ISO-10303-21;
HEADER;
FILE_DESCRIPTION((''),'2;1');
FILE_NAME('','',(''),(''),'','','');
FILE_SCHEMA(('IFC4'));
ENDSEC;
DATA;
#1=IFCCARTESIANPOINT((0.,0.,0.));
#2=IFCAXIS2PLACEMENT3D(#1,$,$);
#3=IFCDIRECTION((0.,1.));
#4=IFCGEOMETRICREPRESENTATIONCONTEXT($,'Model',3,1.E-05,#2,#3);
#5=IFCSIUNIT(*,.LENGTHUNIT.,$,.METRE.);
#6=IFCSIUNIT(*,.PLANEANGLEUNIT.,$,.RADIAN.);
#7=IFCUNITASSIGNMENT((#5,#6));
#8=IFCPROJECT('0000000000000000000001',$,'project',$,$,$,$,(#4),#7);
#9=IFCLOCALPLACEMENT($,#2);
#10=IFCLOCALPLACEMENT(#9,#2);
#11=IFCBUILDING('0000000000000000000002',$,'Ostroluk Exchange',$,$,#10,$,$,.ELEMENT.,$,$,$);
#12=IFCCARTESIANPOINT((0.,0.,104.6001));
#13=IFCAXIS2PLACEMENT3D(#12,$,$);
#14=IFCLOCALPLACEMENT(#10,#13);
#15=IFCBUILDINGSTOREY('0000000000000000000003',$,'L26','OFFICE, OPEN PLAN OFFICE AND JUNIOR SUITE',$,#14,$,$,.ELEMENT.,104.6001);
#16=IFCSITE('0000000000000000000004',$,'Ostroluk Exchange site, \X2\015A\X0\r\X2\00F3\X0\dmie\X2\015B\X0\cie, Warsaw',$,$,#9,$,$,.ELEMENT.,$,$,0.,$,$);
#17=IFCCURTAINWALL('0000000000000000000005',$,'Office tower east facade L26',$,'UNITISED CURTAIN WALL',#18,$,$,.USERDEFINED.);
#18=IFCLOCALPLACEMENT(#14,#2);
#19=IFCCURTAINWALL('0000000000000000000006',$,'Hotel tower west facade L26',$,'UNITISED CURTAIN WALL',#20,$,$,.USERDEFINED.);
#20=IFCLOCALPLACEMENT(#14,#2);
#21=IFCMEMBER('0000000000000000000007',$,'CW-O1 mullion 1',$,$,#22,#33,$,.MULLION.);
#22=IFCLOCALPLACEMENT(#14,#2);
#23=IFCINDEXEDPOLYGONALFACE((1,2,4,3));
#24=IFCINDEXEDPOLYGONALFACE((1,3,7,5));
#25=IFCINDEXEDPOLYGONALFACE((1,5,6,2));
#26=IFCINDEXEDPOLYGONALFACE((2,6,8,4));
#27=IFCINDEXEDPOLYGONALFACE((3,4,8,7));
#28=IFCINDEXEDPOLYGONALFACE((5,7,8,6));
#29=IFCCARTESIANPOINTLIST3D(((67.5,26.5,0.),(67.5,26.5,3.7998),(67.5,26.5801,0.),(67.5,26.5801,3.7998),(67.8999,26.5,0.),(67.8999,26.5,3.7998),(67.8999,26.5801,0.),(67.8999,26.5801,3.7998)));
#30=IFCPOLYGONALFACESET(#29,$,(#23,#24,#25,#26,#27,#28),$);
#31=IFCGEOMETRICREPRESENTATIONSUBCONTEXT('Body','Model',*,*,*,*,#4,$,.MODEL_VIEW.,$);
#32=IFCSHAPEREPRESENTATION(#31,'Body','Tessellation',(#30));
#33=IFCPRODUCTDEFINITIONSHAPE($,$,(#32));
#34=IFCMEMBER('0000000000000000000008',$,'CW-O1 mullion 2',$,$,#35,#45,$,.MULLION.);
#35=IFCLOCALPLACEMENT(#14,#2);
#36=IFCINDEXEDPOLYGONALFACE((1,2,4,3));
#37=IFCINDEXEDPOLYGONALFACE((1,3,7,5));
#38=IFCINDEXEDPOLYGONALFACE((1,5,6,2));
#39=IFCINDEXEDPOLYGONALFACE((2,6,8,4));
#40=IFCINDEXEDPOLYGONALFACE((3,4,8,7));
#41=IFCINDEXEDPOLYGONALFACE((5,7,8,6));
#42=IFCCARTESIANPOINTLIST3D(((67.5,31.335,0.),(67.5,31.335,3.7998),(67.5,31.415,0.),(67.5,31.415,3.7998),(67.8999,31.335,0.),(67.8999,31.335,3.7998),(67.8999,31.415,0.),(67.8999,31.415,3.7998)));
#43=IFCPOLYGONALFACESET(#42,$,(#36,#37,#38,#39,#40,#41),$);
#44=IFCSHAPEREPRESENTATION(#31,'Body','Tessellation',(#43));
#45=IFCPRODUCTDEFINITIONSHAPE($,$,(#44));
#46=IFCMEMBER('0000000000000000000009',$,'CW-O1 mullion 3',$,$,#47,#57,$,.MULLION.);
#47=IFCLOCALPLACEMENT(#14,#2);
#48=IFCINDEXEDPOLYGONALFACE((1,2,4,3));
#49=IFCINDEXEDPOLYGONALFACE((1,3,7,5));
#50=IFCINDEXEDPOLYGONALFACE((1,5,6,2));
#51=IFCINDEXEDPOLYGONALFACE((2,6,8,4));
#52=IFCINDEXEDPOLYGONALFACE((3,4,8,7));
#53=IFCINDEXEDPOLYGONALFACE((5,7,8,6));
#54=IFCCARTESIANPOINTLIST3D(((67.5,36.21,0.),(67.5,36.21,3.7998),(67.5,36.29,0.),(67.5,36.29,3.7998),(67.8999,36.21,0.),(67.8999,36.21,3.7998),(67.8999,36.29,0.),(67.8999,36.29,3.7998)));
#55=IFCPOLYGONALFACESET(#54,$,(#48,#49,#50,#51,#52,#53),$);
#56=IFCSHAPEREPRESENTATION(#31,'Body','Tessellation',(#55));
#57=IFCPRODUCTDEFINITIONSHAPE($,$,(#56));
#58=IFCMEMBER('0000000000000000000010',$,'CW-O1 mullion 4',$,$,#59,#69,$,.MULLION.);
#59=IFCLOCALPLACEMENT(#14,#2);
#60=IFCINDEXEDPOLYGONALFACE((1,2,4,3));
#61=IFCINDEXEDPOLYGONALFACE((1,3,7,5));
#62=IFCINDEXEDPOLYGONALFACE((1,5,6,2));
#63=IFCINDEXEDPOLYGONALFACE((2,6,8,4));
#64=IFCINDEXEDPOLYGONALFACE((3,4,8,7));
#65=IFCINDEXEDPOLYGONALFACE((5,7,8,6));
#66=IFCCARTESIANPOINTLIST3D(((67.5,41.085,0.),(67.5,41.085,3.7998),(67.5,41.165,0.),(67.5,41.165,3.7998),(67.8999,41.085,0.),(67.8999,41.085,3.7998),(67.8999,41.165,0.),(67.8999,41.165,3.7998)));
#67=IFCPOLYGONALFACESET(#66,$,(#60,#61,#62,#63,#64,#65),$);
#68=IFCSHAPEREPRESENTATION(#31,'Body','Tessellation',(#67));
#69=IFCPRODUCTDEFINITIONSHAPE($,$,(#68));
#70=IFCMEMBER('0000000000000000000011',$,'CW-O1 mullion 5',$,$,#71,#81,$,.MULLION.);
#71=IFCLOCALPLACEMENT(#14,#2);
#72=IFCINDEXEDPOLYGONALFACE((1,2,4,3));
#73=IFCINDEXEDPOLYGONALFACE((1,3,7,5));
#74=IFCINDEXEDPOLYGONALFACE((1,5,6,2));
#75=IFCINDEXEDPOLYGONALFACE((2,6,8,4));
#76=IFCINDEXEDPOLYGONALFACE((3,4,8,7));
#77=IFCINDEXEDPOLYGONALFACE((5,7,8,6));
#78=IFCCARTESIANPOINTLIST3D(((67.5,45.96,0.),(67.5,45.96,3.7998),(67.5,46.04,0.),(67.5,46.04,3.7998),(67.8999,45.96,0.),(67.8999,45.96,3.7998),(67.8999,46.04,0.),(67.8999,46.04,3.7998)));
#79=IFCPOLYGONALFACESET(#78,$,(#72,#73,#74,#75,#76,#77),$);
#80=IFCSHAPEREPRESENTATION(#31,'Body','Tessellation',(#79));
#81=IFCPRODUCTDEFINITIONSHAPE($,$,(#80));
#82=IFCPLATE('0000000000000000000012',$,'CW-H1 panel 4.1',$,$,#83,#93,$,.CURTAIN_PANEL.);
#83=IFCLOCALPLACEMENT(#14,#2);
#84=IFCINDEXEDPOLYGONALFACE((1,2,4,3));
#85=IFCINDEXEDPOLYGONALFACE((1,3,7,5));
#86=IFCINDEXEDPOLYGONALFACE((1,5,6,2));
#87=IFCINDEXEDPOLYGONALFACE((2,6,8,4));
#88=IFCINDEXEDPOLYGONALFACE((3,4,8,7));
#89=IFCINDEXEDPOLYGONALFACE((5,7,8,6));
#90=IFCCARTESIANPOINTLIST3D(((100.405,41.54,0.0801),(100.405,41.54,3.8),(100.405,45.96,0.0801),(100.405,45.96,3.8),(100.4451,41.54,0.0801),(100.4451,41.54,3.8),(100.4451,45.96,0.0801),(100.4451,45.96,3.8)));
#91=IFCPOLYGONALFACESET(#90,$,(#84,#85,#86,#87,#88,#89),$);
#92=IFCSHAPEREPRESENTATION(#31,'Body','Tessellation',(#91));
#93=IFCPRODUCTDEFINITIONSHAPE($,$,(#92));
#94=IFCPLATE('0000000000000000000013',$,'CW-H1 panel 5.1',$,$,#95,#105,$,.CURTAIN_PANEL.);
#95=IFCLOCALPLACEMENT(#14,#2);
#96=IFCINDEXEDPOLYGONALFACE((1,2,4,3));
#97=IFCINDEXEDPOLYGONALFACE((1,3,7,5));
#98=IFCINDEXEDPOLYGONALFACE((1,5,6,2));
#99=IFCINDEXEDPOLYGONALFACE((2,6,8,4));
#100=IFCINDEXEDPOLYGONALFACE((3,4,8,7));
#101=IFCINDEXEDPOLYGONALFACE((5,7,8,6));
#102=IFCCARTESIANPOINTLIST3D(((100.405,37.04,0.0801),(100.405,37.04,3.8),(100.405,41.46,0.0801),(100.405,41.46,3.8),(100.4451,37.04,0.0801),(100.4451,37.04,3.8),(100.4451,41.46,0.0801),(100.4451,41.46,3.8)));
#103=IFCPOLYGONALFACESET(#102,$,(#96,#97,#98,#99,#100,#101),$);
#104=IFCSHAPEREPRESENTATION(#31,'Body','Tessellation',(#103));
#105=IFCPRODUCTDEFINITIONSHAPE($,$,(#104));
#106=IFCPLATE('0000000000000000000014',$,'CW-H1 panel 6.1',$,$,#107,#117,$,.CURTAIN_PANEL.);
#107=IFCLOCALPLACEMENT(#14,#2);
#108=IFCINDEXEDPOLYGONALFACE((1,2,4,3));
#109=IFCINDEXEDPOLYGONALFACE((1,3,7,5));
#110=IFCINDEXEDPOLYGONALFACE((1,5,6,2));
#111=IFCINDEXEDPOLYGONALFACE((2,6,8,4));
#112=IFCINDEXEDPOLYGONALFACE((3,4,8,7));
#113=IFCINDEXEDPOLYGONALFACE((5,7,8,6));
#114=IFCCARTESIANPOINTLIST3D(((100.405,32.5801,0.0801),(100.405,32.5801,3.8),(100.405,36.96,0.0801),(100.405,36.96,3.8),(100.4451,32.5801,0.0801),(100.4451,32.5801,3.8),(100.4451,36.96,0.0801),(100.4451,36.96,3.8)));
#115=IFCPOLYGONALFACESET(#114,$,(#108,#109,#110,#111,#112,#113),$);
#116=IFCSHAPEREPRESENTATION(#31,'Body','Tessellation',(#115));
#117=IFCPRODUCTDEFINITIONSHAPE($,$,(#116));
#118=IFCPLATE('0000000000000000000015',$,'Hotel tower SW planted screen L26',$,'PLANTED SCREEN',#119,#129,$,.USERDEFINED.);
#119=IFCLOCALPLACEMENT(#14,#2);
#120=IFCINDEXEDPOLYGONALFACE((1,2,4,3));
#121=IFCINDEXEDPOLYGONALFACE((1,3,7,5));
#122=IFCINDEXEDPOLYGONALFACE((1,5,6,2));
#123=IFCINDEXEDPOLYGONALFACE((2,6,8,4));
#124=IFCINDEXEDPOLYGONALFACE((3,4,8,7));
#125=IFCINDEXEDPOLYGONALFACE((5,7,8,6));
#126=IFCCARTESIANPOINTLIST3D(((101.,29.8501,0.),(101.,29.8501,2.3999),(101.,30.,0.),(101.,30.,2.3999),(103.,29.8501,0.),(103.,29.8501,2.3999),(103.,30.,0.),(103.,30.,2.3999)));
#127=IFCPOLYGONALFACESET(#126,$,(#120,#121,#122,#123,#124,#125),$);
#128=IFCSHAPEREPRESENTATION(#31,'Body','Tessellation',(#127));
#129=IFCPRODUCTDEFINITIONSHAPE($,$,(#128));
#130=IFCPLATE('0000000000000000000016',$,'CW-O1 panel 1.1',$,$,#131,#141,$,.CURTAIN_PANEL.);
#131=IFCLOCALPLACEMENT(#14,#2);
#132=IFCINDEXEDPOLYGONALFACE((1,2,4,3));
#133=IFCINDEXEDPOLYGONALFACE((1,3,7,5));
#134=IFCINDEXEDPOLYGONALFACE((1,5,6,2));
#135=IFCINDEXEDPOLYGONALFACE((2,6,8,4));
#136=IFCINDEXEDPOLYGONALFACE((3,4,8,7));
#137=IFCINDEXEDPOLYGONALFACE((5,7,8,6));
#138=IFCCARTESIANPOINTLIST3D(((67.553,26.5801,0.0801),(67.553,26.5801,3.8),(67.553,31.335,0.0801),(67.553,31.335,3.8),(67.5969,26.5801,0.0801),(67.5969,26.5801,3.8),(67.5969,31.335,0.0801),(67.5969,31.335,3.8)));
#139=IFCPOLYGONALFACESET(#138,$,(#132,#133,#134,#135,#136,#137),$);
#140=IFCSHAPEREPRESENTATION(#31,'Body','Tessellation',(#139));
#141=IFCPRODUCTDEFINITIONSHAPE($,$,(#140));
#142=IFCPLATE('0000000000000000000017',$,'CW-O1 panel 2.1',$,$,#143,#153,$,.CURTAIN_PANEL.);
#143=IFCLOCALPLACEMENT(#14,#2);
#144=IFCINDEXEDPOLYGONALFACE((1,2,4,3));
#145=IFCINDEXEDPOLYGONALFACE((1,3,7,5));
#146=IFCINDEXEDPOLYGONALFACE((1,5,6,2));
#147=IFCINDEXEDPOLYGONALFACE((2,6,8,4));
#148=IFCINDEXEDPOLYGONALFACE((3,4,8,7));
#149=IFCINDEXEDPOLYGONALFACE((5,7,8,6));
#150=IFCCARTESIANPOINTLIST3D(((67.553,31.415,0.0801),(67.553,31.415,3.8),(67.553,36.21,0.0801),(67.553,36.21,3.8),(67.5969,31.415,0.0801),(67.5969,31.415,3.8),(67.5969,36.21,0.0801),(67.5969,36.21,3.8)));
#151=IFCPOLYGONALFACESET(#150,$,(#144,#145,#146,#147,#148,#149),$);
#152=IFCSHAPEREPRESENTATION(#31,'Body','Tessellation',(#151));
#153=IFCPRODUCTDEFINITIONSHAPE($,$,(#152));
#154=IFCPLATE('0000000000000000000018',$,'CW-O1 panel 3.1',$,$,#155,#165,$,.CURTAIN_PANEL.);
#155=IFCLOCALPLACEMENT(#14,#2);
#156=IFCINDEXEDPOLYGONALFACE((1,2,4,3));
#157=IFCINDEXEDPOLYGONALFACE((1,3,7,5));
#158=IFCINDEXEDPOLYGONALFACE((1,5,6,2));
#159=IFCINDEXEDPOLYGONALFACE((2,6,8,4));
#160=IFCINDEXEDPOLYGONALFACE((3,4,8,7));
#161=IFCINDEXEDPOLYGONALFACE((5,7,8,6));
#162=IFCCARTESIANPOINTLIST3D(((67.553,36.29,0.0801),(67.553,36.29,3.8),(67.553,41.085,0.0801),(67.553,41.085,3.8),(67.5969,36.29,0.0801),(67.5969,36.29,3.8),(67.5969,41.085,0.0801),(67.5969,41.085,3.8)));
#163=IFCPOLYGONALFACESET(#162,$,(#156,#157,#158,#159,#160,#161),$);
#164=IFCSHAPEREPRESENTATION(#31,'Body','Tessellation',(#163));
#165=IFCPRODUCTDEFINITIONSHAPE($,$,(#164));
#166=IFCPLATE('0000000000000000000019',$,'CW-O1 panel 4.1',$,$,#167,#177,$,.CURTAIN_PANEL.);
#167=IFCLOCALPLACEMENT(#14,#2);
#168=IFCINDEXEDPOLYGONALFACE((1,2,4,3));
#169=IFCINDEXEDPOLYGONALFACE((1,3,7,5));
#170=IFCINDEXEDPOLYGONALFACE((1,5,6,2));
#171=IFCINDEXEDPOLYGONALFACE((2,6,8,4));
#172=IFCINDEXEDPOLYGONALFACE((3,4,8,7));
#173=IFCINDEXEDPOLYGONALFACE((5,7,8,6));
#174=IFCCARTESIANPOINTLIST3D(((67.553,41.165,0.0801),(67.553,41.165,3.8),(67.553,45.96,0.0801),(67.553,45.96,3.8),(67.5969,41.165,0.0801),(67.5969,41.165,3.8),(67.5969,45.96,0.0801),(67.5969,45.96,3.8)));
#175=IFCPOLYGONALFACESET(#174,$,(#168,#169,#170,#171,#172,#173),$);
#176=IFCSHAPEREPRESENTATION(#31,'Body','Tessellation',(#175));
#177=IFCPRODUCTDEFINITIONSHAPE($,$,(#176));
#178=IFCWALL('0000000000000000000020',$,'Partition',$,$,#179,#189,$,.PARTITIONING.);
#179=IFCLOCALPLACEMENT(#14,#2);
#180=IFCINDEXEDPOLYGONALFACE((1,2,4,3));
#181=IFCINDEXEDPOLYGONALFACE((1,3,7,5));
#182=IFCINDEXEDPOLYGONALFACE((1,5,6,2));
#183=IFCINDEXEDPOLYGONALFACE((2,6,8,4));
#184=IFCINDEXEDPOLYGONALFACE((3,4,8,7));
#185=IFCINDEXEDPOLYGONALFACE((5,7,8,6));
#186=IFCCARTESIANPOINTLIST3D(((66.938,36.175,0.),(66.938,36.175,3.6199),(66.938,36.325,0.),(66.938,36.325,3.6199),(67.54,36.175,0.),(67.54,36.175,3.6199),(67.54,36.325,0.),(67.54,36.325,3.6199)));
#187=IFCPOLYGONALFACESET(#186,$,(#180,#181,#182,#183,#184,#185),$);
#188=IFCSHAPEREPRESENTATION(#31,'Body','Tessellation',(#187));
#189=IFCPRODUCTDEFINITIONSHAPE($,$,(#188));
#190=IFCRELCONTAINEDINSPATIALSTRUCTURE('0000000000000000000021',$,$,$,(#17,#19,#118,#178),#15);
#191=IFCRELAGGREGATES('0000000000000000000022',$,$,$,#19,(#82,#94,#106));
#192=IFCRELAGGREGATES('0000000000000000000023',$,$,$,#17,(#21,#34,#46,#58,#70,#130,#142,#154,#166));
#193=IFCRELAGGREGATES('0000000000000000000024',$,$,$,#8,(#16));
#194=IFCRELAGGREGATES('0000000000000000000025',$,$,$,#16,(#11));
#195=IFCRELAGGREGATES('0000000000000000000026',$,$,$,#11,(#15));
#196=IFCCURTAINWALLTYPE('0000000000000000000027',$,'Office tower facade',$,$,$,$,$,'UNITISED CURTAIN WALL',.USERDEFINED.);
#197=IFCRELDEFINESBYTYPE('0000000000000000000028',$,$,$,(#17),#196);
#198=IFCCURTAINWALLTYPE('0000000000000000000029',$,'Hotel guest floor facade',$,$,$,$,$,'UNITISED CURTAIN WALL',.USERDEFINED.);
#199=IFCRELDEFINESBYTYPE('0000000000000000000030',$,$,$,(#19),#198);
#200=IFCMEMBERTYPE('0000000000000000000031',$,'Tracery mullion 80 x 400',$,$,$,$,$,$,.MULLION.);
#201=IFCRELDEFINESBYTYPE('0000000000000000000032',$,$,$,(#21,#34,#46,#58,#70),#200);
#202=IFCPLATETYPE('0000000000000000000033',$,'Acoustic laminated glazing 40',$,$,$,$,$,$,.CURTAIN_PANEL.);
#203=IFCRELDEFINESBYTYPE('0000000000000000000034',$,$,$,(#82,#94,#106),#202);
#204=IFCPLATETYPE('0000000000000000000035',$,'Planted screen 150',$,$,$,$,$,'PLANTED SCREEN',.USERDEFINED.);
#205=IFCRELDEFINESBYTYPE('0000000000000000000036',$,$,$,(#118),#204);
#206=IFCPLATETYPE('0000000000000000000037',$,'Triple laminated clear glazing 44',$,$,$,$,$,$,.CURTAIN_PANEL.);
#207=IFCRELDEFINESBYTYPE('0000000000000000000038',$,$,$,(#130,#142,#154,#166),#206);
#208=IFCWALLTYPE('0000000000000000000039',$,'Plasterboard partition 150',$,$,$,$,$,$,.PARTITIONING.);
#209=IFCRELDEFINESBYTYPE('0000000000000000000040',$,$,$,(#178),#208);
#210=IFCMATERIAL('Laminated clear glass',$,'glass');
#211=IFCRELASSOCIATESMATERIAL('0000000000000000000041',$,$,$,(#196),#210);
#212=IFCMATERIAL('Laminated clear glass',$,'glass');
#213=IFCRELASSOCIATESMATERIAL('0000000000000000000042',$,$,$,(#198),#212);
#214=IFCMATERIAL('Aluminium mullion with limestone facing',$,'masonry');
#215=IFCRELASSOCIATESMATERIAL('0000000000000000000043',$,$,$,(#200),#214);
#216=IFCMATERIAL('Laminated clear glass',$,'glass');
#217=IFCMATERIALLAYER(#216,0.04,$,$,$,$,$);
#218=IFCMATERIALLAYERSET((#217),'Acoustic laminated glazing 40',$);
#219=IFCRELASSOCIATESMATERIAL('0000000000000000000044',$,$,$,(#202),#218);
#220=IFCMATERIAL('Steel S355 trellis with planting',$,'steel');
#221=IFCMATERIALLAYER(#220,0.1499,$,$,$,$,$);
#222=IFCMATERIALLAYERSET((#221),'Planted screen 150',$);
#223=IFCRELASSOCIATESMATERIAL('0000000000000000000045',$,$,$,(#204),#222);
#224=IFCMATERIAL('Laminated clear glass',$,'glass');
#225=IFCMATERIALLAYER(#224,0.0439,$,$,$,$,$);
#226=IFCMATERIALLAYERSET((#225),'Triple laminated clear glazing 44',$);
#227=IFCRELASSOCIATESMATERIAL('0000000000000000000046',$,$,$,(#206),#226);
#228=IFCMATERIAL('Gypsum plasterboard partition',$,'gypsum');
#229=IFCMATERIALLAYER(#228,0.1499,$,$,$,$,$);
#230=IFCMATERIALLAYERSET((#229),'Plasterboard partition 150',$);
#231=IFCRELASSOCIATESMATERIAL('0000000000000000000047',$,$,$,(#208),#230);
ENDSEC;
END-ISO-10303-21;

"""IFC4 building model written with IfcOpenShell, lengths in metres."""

from ifc_helpers import new_model, si_unit, direction, frame, frame_2d, origin, origin_2d, place, context, subcontext, project, spatial, rectangle, extrude, material, layer, layer_set, material_profile, profile_set, type_object, element, aggregate, save


model = new_model("IFC4")

# Units and contexts
model_context = context("Model", 3, precision=1e-05, world=origin(), true_north=direction((0.0, 1.0)))
body_context = subcontext(model_context, "Body", "Model", "MODEL_VIEW")
ifc_project = project(units=[si_unit("LENGTHUNIT", "METRE"), si_unit("PLANEANGLEUNIT", "RADIAN")], contexts=[model_context])

# Site, building, storey
site_placement = place(None, origin())
site = spatial("IfcSite", under=ifc_project, at=site_placement, Name="Ostroluk Exchange site, Śródmieście, Warsaw", CompositionType="ELEMENT", RefElevation=0.0)
building_placement = place(site_placement, origin())
building = spatial("IfcBuilding", under=site, at=building_placement, Name="Ostroluk Exchange", CompositionType="ELEMENT")
storey_placement = place(building_placement, frame((0.0, 0.0, 104.6001)))
storey = spatial("IfcBuildingStorey", under=building, at=storey_placement, Name="L26", Description="OFFICE, OPEN PLAN OFFICE AND JUNIOR SUITE", CompositionType="ELEMENT", Elevation=104.6001)

# Curtain walls
ifc_material_1 = material(Name="Laminated clear glass", Category="glass")
curtain_wall_type_1 = type_object("IfcCurtainWallType", Name="Office tower facade", ElementType="UNITISED CURTAIN WALL", PredefinedType="USERDEFINED", material=ifc_material_1)
curtain_wall_1_placement = place(storey_placement, origin())
curtain_wall_1 = element("IfcCurtainWall", 1, at=curtain_wall_1_placement, inside=storey, type_object=curtain_wall_type_1, Name="Office tower east facade L26", ObjectType="UNITISED CURTAIN WALL", PredefinedType="USERDEFINED")
ifc_material_2 = material(Name="Laminated clear glass", Category="glass")
curtain_wall_type_2 = type_object("IfcCurtainWallType", Name="Hotel guest floor facade", ElementType="UNITISED CURTAIN WALL", PredefinedType="USERDEFINED", material=ifc_material_2)
curtain_wall_2_placement = place(storey_placement, origin())
curtain_wall_2 = element("IfcCurtainWall", 2, at=curtain_wall_2_placement, inside=storey, type_object=curtain_wall_type_2, Name="Hotel tower west facade L26", ObjectType="UNITISED CURTAIN WALL", PredefinedType="USERDEFINED")

# Members
ifc_material_3 = material(Name="Aluminium mullion with limestone facing", Category="masonry")
ifc_material_profile_1 = material_profile(ifc_material_3, rectangle(XDim=0.3999, YDim=0.0801, at=origin_2d()), Name="Tracery mullion 80 x 400")
ifc_profile_set_1 = profile_set([ifc_material_profile_1], Name="Aluminium mullion with limestone facing")
member_type_1 = type_object("IfcMemberType", Name="Tracery mullion 80 x 400", PredefinedType="MULLION", material=ifc_profile_set_1)
member_1_placement = place(storey_placement, frame((67.7, 26.54, 0.0), z_axis=(0.0, 0.0, 1.0), x_axis=(-1.0, 0.0, 0.0)))
member_1 = element("IfcMember", 3, at=member_1_placement, type_object=member_type_1, Name="CW-O1 mullion 1", PredefinedType="MULLION", context=body_context, shape_type="SweptSolid", body=[
    extrude(rectangle(XDim=0.3999, YDim=0.0801, at=origin_2d()), origin(), (0.0, 0.0, 1.0), 3.7998),
])
member_2_placement = place(storey_placement, frame((67.7, 31.375, 0.0), z_axis=(0.0, 0.0, 1.0), x_axis=(-1.0, 0.0, 0.0)))
member_2 = element("IfcMember", 4, at=member_2_placement, type_object=member_type_1, Name="CW-O1 mullion 2", PredefinedType="MULLION", context=body_context, shape_type="SweptSolid", body=[
    extrude(rectangle(XDim=0.3999, YDim=0.0801, at=origin_2d()), origin(), (0.0, 0.0, 1.0), 3.7998),
])
member_3_placement = place(storey_placement, frame((67.7, 36.25, 0.0), z_axis=(0.0, 0.0, 1.0), x_axis=(-1.0, 0.0, 0.0)))
member_3 = element("IfcMember", 5, at=member_3_placement, type_object=member_type_1, Name="CW-O1 mullion 3", PredefinedType="MULLION", context=body_context, shape_type="SweptSolid", body=[
    extrude(rectangle(XDim=0.3999, YDim=0.0801, at=origin_2d()), origin(), (0.0, 0.0, 1.0), 3.7998),
])
member_4_placement = place(storey_placement, frame((67.7, 41.125, 0.0), z_axis=(0.0, 0.0, 1.0), x_axis=(-1.0, 0.0, 0.0)))
member_4 = element("IfcMember", 6, at=member_4_placement, type_object=member_type_1, Name="CW-O1 mullion 4", PredefinedType="MULLION", context=body_context, shape_type="SweptSolid", body=[
    extrude(rectangle(XDim=0.3999, YDim=0.0801, at=origin_2d()), origin(), (0.0, 0.0, 1.0), 3.7998),
])
member_5_placement = place(storey_placement, frame((67.7, 46.0, 0.0), z_axis=(0.0, 0.0, 1.0), x_axis=(-1.0, 0.0, 0.0)))
member_5 = element("IfcMember", 7, at=member_5_placement, type_object=member_type_1, Name="CW-O1 mullion 5", PredefinedType="MULLION", context=body_context, shape_type="SweptSolid", body=[
    extrude(rectangle(XDim=0.3999, YDim=0.0801, at=origin_2d()), origin(), (0.0, 0.0, 1.0), 3.7998),
])

# Plates
ifc_material_4 = material(Name="Laminated clear glass", Category="glass")
ifc_layer_1 = layer(ifc_material_4, 0.04)
ifc_layer_set_1 = layer_set([ifc_layer_1], Name="Acoustic laminated glazing 40")
plate_type_1 = type_object("IfcPlateType", Name="Acoustic laminated glazing 40", PredefinedType="CURTAIN_PANEL", material=ifc_layer_set_1)
plate_1_placement = place(storey_placement, frame((100.425, 43.75, 0.0801), z_axis=(0.0, 0.0, 1.0), x_axis=(0.0, -1.0, 0.0)))
plate_1 = element("IfcPlate", 8, at=plate_1_placement, type_object=plate_type_1, Name="CW-H1 panel 4.1", PredefinedType="CURTAIN_PANEL", context=body_context, shape_type="SweptSolid", body=[
    extrude(rectangle(XDim=4.4199, YDim=0.04, at=origin_2d()), origin(), (0.0, 0.0, 1.0), 3.72),
])
plate_2_placement = place(storey_placement, frame((100.425, 39.25, 0.0801), z_axis=(0.0, 0.0, 1.0), x_axis=(0.0, -1.0, 0.0)))
plate_2 = element("IfcPlate", 9, at=plate_2_placement, type_object=plate_type_1, Name="CW-H1 panel 5.1", PredefinedType="CURTAIN_PANEL", context=body_context, shape_type="SweptSolid", body=[
    extrude(rectangle(XDim=4.4199, YDim=0.04, at=origin_2d()), origin(), (0.0, 0.0, 1.0), 3.72),
])
plate_3_placement = place(storey_placement, frame((100.425, 34.77, 0.0801), z_axis=(0.0, 0.0, 1.0), x_axis=(0.0, -1.0, 0.0)))
plate_3 = element("IfcPlate", 10, at=plate_3_placement, type_object=plate_type_1, Name="CW-H1 panel 6.1", PredefinedType="CURTAIN_PANEL", context=body_context, shape_type="SweptSolid", body=[
    extrude(rectangle(XDim=4.3799, YDim=0.04, at=origin_2d()), origin(), (0.0, 0.0, 1.0), 3.72),
])
aggregate(curtain_wall_2, [plate_1, plate_2, plate_3])
ifc_material_5 = material(Name="Steel S355 trellis with planting", Category="steel")
ifc_layer_2 = layer(ifc_material_5, 0.1499)
ifc_layer_set_2 = layer_set([ifc_layer_2], Name="Planted screen 150")
plate_type_2 = type_object("IfcPlateType", Name="Planted screen 150", ElementType="PLANTED SCREEN", PredefinedType="USERDEFINED", material=ifc_layer_set_2)
plate_4_placement = place(storey_placement, frame((102.0, 29.925, 0.0), z_axis=(0.0, 0.0, 1.0), x_axis=(1.0, 0.0, 0.0)))
element("IfcPlate", 11, at=plate_4_placement, inside=storey, type_object=plate_type_2, Name="Hotel tower SW planted screen L26", ObjectType="PLANTED SCREEN", PredefinedType="USERDEFINED", context=body_context, shape_type="SweptSolid", body=[
    extrude(rectangle(XDim=2.0, YDim=0.1499, at=origin_2d()), origin(), (0.0, 0.0, 1.0), 2.3999),
])
ifc_material_6 = material(Name="Laminated clear glass", Category="glass")
ifc_layer_3 = layer(ifc_material_6, 0.0439)
ifc_layer_set_3 = layer_set([ifc_layer_3], Name="Triple laminated clear glazing 44")
plate_type_3 = type_object("IfcPlateType", Name="Triple laminated clear glazing 44", PredefinedType="CURTAIN_PANEL", material=ifc_layer_set_3)
plate_5_placement = place(storey_placement, frame((67.575, 28.9575, 0.0801), z_axis=(0.0, 0.0, 1.0), x_axis=(0.0, 1.0, 0.0)))
plate_5 = element("IfcPlate", 12, at=plate_5_placement, type_object=plate_type_3, Name="CW-O1 panel 1.1", PredefinedType="CURTAIN_PANEL", context=body_context, shape_type="SweptSolid", body=[
    extrude(rectangle(XDim=4.7549, YDim=0.0439, at=origin_2d()), origin(), (0.0, 0.0, 1.0), 3.72),
])
plate_6_placement = place(storey_placement, frame((67.575, 33.8125, 0.0801), z_axis=(0.0, 0.0, 1.0), x_axis=(0.0, 1.0, 0.0)))
plate_6 = element("IfcPlate", 13, at=plate_6_placement, type_object=plate_type_3, Name="CW-O1 panel 2.1", PredefinedType="CURTAIN_PANEL", context=body_context, shape_type="SweptSolid", body=[
    extrude(rectangle(XDim=4.7949, YDim=0.0439, at=origin_2d()), origin(), (0.0, 0.0, 1.0), 3.72),
])
plate_7_placement = place(storey_placement, frame((67.575, 38.6875, 0.0801), z_axis=(0.0, 0.0, 1.0), x_axis=(0.0, 1.0, 0.0)))
plate_7 = element("IfcPlate", 14, at=plate_7_placement, type_object=plate_type_3, Name="CW-O1 panel 3.1", PredefinedType="CURTAIN_PANEL", context=body_context, shape_type="SweptSolid", body=[
    extrude(rectangle(XDim=4.7949, YDim=0.0439, at=origin_2d()), origin(), (0.0, 0.0, 1.0), 3.72),
])
plate_8_placement = place(storey_placement, frame((67.575, 43.5625, 0.0801), z_axis=(0.0, 0.0, 1.0), x_axis=(0.0, 1.0, 0.0)))
plate_8 = element("IfcPlate", 15, at=plate_8_placement, type_object=plate_type_3, Name="CW-O1 panel 4.1", PredefinedType="CURTAIN_PANEL", context=body_context, shape_type="SweptSolid", body=[
    extrude(rectangle(XDim=4.7949, YDim=0.0439, at=origin_2d()), origin(), (0.0, 0.0, 1.0), 3.72),
])
aggregate(curtain_wall_1, [member_1, member_2, member_3, member_4, member_5, plate_5, plate_6, plate_7, plate_8])

# Wall
ifc_material_7 = material(Name="Gypsum plasterboard partition", Category="gypsum")
ifc_layer_4 = layer(ifc_material_7, 0.1499)
ifc_layer_set_4 = layer_set([ifc_layer_4], Name="Plasterboard partition 150")
wall_type_1 = type_object("IfcWallType", Name="Plasterboard partition 150", PredefinedType="PARTITIONING", material=ifc_layer_set_4)
for number, where, z_axis, x_axis, name in (
    (16, (66.938, 36.25, 0.0), (0.0, 0.0, 1.0), (1.0, 0.0, 0.0), "Partition"),
):
    element("IfcWall", number, at=place(storey_placement, frame(where, z_axis=z_axis, x_axis=x_axis)), inside=storey, type_object=wall_type_1, Name=name, PredefinedType="PARTITIONING", context=body_context, shape_type="SweptSolid", body=[
        extrude(rectangle(XDim=0.6021, YDim=0.1499, at=frame_2d((0.301, 0.0))), origin(), (0.0, 0.0, 1.0), 3.6199),
    ])

save(model, "model.ifc")
